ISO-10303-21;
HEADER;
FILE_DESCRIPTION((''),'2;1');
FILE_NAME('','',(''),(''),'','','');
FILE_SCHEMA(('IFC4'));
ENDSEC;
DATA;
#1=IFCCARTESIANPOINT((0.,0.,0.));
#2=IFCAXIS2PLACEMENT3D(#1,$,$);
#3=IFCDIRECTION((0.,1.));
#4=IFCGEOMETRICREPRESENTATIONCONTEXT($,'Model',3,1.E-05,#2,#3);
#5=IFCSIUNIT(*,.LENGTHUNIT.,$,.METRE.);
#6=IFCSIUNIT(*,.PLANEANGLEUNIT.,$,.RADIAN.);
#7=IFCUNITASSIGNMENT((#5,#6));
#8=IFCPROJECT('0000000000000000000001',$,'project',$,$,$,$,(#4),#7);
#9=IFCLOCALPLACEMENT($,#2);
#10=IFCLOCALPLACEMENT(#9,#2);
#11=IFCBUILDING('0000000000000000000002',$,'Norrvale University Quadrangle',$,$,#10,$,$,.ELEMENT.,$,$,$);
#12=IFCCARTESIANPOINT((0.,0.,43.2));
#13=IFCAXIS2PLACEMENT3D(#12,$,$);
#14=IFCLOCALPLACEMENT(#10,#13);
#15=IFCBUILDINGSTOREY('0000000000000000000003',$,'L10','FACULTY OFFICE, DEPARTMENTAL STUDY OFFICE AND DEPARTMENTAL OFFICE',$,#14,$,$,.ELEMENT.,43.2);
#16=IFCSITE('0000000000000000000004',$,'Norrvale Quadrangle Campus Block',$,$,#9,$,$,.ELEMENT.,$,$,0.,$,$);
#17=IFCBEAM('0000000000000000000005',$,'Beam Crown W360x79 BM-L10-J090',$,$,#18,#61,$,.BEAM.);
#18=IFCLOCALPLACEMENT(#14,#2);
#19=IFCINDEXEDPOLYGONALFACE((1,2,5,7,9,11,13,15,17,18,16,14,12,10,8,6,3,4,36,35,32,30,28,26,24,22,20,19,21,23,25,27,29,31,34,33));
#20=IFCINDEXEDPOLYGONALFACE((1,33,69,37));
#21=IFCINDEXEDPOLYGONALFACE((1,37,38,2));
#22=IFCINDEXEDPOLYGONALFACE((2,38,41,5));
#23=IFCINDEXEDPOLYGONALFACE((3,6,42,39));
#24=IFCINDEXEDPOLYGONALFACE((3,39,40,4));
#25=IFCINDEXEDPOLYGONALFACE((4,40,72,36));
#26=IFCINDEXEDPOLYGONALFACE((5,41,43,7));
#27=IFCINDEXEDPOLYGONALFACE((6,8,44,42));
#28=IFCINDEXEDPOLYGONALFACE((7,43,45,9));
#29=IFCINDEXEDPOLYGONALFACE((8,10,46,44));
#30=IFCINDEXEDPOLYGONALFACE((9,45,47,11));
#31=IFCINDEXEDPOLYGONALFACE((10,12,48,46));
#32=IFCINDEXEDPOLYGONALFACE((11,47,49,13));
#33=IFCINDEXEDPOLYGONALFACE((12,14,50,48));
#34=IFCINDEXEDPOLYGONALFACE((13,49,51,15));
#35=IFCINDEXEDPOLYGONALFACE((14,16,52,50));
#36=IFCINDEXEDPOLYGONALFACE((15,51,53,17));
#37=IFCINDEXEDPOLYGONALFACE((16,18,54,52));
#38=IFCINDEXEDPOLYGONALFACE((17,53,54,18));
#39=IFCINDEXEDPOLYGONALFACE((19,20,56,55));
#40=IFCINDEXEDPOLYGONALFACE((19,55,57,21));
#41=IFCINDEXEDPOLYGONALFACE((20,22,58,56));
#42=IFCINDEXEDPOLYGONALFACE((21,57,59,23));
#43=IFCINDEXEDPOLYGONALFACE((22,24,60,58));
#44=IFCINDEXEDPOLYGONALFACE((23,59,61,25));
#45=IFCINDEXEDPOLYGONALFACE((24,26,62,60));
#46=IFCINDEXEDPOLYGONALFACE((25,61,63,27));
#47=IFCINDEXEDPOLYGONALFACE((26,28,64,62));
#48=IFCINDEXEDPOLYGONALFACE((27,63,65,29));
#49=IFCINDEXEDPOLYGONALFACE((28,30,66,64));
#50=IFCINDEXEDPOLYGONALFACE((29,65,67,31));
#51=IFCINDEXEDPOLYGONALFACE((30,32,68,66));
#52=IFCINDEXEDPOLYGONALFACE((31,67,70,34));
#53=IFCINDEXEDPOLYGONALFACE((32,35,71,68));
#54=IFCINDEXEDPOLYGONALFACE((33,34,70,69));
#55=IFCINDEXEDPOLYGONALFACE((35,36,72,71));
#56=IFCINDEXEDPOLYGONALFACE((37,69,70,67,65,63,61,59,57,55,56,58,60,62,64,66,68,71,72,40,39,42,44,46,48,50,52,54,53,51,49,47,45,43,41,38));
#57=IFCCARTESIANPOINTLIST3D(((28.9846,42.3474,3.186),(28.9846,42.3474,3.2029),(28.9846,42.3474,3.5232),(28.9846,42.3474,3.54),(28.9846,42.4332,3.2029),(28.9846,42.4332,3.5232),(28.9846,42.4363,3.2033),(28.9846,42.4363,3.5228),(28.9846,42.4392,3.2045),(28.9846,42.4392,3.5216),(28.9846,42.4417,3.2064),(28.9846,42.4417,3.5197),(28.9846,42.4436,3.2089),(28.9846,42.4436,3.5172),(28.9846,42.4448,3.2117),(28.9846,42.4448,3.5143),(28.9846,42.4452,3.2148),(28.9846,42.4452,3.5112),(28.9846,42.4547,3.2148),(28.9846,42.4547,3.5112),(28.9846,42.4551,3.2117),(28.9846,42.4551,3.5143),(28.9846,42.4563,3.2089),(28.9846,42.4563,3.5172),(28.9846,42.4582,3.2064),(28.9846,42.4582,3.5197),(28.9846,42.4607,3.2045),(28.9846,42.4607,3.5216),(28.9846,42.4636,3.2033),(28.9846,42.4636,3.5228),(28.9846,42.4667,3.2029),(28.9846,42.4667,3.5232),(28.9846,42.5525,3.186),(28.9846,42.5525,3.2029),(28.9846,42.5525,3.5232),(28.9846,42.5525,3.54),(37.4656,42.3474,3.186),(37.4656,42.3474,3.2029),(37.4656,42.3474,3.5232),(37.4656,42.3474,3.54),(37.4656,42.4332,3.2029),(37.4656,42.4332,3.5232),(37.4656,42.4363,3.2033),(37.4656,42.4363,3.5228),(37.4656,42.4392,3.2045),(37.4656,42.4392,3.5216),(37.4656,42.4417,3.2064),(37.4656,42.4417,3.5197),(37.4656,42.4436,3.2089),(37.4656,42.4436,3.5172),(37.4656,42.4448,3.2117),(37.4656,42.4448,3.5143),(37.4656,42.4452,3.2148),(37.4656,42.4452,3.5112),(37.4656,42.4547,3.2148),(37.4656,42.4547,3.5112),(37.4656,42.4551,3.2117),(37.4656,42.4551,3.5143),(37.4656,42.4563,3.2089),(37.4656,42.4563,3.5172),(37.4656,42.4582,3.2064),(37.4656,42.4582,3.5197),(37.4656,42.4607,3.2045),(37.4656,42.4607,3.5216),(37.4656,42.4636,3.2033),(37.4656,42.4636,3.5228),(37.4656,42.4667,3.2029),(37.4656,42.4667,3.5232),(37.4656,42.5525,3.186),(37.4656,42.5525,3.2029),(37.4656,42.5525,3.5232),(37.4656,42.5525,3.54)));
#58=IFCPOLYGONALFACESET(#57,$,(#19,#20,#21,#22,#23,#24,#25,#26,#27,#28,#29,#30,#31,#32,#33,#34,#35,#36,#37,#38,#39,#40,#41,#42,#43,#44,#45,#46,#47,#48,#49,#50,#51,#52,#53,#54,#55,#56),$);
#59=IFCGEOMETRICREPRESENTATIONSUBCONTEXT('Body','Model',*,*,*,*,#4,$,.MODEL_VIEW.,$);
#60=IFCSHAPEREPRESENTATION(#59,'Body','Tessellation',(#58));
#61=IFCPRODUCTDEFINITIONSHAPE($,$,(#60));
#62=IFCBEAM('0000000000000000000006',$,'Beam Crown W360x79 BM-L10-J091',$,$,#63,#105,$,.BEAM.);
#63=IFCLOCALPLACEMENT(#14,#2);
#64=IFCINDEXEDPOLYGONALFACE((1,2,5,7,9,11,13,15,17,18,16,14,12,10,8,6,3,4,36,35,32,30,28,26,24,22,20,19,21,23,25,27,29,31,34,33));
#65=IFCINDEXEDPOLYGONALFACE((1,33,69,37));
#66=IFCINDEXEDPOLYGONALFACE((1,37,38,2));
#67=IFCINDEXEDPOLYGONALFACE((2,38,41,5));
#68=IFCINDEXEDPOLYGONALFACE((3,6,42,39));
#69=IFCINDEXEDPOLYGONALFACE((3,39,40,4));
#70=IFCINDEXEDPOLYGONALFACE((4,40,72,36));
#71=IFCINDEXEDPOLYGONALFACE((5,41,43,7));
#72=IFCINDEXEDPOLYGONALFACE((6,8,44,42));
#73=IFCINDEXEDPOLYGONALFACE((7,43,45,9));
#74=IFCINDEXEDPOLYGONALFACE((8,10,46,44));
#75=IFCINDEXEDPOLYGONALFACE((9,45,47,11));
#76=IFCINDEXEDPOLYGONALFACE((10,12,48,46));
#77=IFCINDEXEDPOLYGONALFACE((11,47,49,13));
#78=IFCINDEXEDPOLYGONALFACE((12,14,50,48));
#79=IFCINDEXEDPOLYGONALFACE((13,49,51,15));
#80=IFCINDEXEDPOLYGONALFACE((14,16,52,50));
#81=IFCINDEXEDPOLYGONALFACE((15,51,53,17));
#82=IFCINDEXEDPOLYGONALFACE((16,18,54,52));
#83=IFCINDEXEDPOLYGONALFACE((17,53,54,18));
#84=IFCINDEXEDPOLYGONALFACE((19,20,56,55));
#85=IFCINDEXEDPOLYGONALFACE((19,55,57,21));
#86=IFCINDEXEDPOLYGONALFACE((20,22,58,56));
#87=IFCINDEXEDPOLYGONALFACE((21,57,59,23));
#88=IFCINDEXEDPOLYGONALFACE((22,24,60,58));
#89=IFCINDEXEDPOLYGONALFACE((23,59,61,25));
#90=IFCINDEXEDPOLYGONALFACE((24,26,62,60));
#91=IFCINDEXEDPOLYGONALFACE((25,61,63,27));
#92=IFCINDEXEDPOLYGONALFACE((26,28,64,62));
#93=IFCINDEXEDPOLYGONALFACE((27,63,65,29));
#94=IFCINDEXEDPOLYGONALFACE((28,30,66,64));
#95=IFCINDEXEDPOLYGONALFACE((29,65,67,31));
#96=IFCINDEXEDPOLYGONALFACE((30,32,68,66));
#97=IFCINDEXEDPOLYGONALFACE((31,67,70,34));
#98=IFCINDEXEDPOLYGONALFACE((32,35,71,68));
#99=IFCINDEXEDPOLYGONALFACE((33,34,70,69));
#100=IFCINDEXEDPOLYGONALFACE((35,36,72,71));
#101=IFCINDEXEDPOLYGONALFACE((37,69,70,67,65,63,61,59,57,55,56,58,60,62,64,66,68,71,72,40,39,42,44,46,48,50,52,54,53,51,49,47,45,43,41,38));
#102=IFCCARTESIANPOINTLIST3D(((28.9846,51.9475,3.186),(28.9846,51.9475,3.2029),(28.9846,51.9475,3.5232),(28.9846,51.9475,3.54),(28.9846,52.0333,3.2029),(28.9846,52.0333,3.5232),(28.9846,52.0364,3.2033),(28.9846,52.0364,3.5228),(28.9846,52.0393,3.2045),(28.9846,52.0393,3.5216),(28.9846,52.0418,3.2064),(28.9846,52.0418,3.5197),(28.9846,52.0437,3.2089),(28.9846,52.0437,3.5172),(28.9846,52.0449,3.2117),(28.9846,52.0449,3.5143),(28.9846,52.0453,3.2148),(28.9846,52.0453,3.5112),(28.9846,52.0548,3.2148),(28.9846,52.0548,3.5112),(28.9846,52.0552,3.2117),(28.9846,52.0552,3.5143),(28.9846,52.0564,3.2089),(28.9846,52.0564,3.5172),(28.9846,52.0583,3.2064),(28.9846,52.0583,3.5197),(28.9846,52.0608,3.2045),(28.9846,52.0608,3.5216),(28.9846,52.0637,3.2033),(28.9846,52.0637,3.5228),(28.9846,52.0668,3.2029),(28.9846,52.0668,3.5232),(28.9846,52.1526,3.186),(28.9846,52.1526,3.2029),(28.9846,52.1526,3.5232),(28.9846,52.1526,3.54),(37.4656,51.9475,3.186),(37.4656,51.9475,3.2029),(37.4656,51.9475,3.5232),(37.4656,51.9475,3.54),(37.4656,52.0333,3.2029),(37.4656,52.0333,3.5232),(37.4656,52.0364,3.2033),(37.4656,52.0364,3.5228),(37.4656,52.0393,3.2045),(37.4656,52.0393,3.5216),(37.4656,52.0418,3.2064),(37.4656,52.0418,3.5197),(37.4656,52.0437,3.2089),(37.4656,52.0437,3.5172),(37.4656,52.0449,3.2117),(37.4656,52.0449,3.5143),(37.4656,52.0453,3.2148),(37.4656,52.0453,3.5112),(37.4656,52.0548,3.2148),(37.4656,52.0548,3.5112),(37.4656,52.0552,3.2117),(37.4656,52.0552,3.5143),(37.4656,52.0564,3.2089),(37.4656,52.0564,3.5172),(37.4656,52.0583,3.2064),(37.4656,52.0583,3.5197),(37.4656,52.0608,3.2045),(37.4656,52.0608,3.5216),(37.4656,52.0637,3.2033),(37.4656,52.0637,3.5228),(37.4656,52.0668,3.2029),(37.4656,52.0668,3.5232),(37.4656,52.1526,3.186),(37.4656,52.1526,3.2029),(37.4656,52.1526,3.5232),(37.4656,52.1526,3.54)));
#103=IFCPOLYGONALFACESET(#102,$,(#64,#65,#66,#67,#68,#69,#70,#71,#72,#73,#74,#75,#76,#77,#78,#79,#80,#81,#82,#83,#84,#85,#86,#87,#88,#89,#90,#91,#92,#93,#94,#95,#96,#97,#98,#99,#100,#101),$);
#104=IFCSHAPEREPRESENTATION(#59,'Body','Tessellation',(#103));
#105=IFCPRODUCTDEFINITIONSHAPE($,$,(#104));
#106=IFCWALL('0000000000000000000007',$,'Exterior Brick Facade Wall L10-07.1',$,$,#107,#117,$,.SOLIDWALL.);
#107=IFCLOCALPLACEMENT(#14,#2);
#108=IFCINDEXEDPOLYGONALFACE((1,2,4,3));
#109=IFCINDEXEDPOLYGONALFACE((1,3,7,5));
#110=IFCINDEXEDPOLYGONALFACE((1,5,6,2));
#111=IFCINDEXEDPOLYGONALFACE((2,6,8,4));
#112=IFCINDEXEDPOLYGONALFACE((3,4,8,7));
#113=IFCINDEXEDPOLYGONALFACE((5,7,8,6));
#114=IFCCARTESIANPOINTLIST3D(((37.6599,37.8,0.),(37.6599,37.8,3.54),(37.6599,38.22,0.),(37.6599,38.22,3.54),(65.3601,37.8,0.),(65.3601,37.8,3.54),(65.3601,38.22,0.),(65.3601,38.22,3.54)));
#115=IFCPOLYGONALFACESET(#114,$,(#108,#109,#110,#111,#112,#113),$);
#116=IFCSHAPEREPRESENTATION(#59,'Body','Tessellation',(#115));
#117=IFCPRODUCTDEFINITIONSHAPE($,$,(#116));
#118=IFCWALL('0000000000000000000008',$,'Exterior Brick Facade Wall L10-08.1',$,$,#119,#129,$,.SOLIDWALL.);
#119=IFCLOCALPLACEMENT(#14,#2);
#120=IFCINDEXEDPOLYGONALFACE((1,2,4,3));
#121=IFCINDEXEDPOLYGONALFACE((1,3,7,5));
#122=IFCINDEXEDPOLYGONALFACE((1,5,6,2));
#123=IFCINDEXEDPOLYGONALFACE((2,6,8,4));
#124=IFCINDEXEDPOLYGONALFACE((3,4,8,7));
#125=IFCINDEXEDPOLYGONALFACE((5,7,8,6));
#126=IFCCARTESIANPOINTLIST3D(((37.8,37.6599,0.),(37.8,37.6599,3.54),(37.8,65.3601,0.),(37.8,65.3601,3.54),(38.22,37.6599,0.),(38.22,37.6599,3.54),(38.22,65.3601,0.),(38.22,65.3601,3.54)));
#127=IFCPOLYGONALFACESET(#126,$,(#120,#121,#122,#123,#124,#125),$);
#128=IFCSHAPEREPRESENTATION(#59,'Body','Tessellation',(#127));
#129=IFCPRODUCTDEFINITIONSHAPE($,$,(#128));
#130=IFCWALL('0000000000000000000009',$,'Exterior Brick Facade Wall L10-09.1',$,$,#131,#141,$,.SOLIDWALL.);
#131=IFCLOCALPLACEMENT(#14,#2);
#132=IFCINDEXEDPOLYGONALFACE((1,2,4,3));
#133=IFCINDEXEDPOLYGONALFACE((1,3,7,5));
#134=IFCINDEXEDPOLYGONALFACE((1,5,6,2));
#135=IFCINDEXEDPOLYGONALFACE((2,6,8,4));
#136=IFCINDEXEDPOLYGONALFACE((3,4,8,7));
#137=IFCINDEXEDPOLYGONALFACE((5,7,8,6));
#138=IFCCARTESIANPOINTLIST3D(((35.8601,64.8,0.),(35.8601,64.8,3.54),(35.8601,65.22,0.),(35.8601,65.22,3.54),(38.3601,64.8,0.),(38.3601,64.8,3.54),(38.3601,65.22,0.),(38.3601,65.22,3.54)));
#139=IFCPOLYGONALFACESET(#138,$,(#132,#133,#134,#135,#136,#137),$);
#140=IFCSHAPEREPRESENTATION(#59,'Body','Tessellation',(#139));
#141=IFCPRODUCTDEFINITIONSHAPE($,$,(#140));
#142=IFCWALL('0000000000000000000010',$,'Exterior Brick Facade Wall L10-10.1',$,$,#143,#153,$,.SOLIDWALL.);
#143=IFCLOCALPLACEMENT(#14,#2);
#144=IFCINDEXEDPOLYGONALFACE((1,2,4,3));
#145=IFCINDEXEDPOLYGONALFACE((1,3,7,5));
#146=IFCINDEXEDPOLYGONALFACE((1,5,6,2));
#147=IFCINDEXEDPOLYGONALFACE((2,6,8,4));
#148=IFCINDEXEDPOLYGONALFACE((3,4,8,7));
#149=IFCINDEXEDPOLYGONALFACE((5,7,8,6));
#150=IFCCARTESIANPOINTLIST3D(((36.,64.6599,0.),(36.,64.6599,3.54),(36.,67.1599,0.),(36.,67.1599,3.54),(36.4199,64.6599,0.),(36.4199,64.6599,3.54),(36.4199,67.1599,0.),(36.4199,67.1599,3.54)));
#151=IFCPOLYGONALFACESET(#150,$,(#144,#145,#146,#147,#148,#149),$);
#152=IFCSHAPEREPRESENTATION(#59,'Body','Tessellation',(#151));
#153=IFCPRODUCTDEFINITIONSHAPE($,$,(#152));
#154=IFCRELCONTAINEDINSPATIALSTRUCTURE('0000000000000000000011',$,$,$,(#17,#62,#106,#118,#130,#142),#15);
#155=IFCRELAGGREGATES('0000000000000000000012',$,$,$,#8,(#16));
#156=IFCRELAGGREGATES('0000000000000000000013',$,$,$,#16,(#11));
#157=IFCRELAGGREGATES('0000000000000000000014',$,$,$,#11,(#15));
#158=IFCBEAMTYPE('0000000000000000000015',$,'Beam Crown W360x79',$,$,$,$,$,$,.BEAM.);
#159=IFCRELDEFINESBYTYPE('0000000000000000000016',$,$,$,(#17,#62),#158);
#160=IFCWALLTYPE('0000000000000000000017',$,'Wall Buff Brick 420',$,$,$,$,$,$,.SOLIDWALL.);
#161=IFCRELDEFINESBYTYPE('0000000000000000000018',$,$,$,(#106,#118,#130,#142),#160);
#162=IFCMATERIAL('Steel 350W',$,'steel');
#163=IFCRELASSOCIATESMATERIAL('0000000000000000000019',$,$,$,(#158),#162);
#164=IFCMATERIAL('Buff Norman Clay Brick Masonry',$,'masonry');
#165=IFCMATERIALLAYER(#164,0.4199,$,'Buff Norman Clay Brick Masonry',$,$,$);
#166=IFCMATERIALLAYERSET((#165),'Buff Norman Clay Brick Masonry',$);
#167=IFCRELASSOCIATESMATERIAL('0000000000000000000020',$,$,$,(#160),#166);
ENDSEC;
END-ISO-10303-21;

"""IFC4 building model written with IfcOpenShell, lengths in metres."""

from ifc_helpers import new_model, si_unit, direction, frame, frame_2d, origin, origin_2d, place, context, subcontext, project, spatial, rectangle, i_section, extrude, material, layer, layer_set, material_profile, profile_set, type_object, element, save


model = new_model("IFC4")

# Units and contexts
model_context = context("Model", 3, precision=1e-05, world=origin(), true_north=direction((0.0, 1.0)))
body_context = subcontext(model_context, "Body", "Model", "MODEL_VIEW")
ifc_project = project(units=[si_unit("LENGTHUNIT", "METRE"), si_unit("PLANEANGLEUNIT", "RADIAN")], contexts=[model_context])

# Site, building, storey
site_placement = place(None, origin())
site = spatial("IfcSite", under=ifc_project, at=site_placement, Name="Norrvale Quadrangle Campus Block", CompositionType="ELEMENT", RefElevation=0.0)
building_placement = place(site_placement, origin())
building = spatial("IfcBuilding", under=site, at=building_placement, Name="Norrvale University Quadrangle", CompositionType="ELEMENT")
storey_placement = place(building_placement, frame((0.0, 0.0, 43.2)))
storey = spatial("IfcBuildingStorey", under=building, at=storey_placement, Name="L10", Description="FACULTY OFFICE, DEPARTMENTAL STUDY OFFICE AND DEPARTMENTAL OFFICE", CompositionType="ELEMENT", Elevation=43.2)

# Beams
ifc_material_1 = material(Name="Steel 350W", Category="steel")
ifc_material_profile_1 = material_profile(ifc_material_1, i_section(OverallWidth=0.2051, OverallDepth=0.354, WebThickness=0.0095, FlangeThickness=0.0168, FilletRadius=0.012, at=origin_2d()), Name="Steel 350W")
ifc_profile_set_1 = profile_set([ifc_material_profile_1], Name="Steel 350W")
beam_type_1 = type_object("IfcBeamType", Name="Beam Crown W360x79", PredefinedType="BEAM", material=ifc_profile_set_1)
for number, where, z_axis, x_axis, name in (
    (1, (28.9846, 42.45, 3.363), (1.0, 0.0, 0.0), (0.0, 1.0, 0.0), "Beam Crown W360x79 BM-L10-J090"),
    (2, (28.9846, 52.05, 3.363), (1.0, 0.0, 0.0), (0.0, 1.0, 0.0), "Beam Crown W360x79 BM-L10-J091"),
):
    element("IfcBeam", number, at=place(storey_placement, frame(where, z_axis=z_axis, x_axis=x_axis)), inside=storey, type_object=beam_type_1, Name=name, PredefinedType="BEAM", context=body_context, shape_type="SweptSolid", body=[
        extrude(i_section(OverallWidth=0.2051, OverallDepth=0.354, WebThickness=0.0095, FlangeThickness=0.0168, FilletRadius=0.012, at=origin_2d()), origin(), (0.0, 0.0, 1.0), 8.481),
    ])

# Walls
ifc_material_2 = material(Name="Buff Norman Clay Brick Masonry", Category="masonry")
ifc_layer = layer(ifc_material_2, 0.4199, Name="Buff Norman Clay Brick Masonry")
ifc_layer_set = layer_set([ifc_layer], Name="Buff Norman Clay Brick Masonry")
wall_type = type_object("IfcWallType", Name="Wall Buff Brick 420", PredefinedType="SOLIDWALL", material=ifc_layer_set)
for number, where, z_axis, x_axis, name in (
    (3, (65.3601, 38.01, 0.0), (0.0, 0.0, 1.0), (-1.0, 0.0, 0.0), "Exterior Brick Facade Wall L10-07.1"),
    (4, (38.01, 37.6599, 0.0), (0.0, 0.0, 1.0), (0.0, 1.0, 0.0), "Exterior Brick Facade Wall L10-08.1"),
):
    element("IfcWall", number, at=place(storey_placement, frame(where, z_axis=z_axis, x_axis=x_axis)), inside=storey, type_object=wall_type, Name=name, PredefinedType="SOLIDWALL", context=body_context, shape_type="SweptSolid", body=[
        extrude(rectangle(XDim=27.7002, YDim=0.4199, at=frame_2d((13.8501, 0.0))), origin(), (0.0, 0.0, 1.0), 3.54),
    ])
for number, where, z_axis, x_axis, name in (
    (5, (38.3601, 65.01, 0.0), (0.0, 0.0, 1.0), (-1.0, 0.0, 0.0), "Exterior Brick Facade Wall L10-09.1"),
    (6, (36.21, 64.6599, 0.0), (0.0, 0.0, 1.0), (0.0, 1.0, 0.0), "Exterior Brick Facade Wall L10-10.1"),
):
    element("IfcWall", number, at=place(storey_placement, frame(where, z_axis=z_axis, x_axis=x_axis)), inside=storey, type_object=wall_type, Name=name, PredefinedType="SOLIDWALL", context=body_context, shape_type="SweptSolid", body=[
        extrude(rectangle(XDim=2.5, YDim=0.4199, at=frame_2d((1.25, 0.0))), origin(), (0.0, 0.0, 1.0), 3.54),
    ])

save(model, "model.ifc")
